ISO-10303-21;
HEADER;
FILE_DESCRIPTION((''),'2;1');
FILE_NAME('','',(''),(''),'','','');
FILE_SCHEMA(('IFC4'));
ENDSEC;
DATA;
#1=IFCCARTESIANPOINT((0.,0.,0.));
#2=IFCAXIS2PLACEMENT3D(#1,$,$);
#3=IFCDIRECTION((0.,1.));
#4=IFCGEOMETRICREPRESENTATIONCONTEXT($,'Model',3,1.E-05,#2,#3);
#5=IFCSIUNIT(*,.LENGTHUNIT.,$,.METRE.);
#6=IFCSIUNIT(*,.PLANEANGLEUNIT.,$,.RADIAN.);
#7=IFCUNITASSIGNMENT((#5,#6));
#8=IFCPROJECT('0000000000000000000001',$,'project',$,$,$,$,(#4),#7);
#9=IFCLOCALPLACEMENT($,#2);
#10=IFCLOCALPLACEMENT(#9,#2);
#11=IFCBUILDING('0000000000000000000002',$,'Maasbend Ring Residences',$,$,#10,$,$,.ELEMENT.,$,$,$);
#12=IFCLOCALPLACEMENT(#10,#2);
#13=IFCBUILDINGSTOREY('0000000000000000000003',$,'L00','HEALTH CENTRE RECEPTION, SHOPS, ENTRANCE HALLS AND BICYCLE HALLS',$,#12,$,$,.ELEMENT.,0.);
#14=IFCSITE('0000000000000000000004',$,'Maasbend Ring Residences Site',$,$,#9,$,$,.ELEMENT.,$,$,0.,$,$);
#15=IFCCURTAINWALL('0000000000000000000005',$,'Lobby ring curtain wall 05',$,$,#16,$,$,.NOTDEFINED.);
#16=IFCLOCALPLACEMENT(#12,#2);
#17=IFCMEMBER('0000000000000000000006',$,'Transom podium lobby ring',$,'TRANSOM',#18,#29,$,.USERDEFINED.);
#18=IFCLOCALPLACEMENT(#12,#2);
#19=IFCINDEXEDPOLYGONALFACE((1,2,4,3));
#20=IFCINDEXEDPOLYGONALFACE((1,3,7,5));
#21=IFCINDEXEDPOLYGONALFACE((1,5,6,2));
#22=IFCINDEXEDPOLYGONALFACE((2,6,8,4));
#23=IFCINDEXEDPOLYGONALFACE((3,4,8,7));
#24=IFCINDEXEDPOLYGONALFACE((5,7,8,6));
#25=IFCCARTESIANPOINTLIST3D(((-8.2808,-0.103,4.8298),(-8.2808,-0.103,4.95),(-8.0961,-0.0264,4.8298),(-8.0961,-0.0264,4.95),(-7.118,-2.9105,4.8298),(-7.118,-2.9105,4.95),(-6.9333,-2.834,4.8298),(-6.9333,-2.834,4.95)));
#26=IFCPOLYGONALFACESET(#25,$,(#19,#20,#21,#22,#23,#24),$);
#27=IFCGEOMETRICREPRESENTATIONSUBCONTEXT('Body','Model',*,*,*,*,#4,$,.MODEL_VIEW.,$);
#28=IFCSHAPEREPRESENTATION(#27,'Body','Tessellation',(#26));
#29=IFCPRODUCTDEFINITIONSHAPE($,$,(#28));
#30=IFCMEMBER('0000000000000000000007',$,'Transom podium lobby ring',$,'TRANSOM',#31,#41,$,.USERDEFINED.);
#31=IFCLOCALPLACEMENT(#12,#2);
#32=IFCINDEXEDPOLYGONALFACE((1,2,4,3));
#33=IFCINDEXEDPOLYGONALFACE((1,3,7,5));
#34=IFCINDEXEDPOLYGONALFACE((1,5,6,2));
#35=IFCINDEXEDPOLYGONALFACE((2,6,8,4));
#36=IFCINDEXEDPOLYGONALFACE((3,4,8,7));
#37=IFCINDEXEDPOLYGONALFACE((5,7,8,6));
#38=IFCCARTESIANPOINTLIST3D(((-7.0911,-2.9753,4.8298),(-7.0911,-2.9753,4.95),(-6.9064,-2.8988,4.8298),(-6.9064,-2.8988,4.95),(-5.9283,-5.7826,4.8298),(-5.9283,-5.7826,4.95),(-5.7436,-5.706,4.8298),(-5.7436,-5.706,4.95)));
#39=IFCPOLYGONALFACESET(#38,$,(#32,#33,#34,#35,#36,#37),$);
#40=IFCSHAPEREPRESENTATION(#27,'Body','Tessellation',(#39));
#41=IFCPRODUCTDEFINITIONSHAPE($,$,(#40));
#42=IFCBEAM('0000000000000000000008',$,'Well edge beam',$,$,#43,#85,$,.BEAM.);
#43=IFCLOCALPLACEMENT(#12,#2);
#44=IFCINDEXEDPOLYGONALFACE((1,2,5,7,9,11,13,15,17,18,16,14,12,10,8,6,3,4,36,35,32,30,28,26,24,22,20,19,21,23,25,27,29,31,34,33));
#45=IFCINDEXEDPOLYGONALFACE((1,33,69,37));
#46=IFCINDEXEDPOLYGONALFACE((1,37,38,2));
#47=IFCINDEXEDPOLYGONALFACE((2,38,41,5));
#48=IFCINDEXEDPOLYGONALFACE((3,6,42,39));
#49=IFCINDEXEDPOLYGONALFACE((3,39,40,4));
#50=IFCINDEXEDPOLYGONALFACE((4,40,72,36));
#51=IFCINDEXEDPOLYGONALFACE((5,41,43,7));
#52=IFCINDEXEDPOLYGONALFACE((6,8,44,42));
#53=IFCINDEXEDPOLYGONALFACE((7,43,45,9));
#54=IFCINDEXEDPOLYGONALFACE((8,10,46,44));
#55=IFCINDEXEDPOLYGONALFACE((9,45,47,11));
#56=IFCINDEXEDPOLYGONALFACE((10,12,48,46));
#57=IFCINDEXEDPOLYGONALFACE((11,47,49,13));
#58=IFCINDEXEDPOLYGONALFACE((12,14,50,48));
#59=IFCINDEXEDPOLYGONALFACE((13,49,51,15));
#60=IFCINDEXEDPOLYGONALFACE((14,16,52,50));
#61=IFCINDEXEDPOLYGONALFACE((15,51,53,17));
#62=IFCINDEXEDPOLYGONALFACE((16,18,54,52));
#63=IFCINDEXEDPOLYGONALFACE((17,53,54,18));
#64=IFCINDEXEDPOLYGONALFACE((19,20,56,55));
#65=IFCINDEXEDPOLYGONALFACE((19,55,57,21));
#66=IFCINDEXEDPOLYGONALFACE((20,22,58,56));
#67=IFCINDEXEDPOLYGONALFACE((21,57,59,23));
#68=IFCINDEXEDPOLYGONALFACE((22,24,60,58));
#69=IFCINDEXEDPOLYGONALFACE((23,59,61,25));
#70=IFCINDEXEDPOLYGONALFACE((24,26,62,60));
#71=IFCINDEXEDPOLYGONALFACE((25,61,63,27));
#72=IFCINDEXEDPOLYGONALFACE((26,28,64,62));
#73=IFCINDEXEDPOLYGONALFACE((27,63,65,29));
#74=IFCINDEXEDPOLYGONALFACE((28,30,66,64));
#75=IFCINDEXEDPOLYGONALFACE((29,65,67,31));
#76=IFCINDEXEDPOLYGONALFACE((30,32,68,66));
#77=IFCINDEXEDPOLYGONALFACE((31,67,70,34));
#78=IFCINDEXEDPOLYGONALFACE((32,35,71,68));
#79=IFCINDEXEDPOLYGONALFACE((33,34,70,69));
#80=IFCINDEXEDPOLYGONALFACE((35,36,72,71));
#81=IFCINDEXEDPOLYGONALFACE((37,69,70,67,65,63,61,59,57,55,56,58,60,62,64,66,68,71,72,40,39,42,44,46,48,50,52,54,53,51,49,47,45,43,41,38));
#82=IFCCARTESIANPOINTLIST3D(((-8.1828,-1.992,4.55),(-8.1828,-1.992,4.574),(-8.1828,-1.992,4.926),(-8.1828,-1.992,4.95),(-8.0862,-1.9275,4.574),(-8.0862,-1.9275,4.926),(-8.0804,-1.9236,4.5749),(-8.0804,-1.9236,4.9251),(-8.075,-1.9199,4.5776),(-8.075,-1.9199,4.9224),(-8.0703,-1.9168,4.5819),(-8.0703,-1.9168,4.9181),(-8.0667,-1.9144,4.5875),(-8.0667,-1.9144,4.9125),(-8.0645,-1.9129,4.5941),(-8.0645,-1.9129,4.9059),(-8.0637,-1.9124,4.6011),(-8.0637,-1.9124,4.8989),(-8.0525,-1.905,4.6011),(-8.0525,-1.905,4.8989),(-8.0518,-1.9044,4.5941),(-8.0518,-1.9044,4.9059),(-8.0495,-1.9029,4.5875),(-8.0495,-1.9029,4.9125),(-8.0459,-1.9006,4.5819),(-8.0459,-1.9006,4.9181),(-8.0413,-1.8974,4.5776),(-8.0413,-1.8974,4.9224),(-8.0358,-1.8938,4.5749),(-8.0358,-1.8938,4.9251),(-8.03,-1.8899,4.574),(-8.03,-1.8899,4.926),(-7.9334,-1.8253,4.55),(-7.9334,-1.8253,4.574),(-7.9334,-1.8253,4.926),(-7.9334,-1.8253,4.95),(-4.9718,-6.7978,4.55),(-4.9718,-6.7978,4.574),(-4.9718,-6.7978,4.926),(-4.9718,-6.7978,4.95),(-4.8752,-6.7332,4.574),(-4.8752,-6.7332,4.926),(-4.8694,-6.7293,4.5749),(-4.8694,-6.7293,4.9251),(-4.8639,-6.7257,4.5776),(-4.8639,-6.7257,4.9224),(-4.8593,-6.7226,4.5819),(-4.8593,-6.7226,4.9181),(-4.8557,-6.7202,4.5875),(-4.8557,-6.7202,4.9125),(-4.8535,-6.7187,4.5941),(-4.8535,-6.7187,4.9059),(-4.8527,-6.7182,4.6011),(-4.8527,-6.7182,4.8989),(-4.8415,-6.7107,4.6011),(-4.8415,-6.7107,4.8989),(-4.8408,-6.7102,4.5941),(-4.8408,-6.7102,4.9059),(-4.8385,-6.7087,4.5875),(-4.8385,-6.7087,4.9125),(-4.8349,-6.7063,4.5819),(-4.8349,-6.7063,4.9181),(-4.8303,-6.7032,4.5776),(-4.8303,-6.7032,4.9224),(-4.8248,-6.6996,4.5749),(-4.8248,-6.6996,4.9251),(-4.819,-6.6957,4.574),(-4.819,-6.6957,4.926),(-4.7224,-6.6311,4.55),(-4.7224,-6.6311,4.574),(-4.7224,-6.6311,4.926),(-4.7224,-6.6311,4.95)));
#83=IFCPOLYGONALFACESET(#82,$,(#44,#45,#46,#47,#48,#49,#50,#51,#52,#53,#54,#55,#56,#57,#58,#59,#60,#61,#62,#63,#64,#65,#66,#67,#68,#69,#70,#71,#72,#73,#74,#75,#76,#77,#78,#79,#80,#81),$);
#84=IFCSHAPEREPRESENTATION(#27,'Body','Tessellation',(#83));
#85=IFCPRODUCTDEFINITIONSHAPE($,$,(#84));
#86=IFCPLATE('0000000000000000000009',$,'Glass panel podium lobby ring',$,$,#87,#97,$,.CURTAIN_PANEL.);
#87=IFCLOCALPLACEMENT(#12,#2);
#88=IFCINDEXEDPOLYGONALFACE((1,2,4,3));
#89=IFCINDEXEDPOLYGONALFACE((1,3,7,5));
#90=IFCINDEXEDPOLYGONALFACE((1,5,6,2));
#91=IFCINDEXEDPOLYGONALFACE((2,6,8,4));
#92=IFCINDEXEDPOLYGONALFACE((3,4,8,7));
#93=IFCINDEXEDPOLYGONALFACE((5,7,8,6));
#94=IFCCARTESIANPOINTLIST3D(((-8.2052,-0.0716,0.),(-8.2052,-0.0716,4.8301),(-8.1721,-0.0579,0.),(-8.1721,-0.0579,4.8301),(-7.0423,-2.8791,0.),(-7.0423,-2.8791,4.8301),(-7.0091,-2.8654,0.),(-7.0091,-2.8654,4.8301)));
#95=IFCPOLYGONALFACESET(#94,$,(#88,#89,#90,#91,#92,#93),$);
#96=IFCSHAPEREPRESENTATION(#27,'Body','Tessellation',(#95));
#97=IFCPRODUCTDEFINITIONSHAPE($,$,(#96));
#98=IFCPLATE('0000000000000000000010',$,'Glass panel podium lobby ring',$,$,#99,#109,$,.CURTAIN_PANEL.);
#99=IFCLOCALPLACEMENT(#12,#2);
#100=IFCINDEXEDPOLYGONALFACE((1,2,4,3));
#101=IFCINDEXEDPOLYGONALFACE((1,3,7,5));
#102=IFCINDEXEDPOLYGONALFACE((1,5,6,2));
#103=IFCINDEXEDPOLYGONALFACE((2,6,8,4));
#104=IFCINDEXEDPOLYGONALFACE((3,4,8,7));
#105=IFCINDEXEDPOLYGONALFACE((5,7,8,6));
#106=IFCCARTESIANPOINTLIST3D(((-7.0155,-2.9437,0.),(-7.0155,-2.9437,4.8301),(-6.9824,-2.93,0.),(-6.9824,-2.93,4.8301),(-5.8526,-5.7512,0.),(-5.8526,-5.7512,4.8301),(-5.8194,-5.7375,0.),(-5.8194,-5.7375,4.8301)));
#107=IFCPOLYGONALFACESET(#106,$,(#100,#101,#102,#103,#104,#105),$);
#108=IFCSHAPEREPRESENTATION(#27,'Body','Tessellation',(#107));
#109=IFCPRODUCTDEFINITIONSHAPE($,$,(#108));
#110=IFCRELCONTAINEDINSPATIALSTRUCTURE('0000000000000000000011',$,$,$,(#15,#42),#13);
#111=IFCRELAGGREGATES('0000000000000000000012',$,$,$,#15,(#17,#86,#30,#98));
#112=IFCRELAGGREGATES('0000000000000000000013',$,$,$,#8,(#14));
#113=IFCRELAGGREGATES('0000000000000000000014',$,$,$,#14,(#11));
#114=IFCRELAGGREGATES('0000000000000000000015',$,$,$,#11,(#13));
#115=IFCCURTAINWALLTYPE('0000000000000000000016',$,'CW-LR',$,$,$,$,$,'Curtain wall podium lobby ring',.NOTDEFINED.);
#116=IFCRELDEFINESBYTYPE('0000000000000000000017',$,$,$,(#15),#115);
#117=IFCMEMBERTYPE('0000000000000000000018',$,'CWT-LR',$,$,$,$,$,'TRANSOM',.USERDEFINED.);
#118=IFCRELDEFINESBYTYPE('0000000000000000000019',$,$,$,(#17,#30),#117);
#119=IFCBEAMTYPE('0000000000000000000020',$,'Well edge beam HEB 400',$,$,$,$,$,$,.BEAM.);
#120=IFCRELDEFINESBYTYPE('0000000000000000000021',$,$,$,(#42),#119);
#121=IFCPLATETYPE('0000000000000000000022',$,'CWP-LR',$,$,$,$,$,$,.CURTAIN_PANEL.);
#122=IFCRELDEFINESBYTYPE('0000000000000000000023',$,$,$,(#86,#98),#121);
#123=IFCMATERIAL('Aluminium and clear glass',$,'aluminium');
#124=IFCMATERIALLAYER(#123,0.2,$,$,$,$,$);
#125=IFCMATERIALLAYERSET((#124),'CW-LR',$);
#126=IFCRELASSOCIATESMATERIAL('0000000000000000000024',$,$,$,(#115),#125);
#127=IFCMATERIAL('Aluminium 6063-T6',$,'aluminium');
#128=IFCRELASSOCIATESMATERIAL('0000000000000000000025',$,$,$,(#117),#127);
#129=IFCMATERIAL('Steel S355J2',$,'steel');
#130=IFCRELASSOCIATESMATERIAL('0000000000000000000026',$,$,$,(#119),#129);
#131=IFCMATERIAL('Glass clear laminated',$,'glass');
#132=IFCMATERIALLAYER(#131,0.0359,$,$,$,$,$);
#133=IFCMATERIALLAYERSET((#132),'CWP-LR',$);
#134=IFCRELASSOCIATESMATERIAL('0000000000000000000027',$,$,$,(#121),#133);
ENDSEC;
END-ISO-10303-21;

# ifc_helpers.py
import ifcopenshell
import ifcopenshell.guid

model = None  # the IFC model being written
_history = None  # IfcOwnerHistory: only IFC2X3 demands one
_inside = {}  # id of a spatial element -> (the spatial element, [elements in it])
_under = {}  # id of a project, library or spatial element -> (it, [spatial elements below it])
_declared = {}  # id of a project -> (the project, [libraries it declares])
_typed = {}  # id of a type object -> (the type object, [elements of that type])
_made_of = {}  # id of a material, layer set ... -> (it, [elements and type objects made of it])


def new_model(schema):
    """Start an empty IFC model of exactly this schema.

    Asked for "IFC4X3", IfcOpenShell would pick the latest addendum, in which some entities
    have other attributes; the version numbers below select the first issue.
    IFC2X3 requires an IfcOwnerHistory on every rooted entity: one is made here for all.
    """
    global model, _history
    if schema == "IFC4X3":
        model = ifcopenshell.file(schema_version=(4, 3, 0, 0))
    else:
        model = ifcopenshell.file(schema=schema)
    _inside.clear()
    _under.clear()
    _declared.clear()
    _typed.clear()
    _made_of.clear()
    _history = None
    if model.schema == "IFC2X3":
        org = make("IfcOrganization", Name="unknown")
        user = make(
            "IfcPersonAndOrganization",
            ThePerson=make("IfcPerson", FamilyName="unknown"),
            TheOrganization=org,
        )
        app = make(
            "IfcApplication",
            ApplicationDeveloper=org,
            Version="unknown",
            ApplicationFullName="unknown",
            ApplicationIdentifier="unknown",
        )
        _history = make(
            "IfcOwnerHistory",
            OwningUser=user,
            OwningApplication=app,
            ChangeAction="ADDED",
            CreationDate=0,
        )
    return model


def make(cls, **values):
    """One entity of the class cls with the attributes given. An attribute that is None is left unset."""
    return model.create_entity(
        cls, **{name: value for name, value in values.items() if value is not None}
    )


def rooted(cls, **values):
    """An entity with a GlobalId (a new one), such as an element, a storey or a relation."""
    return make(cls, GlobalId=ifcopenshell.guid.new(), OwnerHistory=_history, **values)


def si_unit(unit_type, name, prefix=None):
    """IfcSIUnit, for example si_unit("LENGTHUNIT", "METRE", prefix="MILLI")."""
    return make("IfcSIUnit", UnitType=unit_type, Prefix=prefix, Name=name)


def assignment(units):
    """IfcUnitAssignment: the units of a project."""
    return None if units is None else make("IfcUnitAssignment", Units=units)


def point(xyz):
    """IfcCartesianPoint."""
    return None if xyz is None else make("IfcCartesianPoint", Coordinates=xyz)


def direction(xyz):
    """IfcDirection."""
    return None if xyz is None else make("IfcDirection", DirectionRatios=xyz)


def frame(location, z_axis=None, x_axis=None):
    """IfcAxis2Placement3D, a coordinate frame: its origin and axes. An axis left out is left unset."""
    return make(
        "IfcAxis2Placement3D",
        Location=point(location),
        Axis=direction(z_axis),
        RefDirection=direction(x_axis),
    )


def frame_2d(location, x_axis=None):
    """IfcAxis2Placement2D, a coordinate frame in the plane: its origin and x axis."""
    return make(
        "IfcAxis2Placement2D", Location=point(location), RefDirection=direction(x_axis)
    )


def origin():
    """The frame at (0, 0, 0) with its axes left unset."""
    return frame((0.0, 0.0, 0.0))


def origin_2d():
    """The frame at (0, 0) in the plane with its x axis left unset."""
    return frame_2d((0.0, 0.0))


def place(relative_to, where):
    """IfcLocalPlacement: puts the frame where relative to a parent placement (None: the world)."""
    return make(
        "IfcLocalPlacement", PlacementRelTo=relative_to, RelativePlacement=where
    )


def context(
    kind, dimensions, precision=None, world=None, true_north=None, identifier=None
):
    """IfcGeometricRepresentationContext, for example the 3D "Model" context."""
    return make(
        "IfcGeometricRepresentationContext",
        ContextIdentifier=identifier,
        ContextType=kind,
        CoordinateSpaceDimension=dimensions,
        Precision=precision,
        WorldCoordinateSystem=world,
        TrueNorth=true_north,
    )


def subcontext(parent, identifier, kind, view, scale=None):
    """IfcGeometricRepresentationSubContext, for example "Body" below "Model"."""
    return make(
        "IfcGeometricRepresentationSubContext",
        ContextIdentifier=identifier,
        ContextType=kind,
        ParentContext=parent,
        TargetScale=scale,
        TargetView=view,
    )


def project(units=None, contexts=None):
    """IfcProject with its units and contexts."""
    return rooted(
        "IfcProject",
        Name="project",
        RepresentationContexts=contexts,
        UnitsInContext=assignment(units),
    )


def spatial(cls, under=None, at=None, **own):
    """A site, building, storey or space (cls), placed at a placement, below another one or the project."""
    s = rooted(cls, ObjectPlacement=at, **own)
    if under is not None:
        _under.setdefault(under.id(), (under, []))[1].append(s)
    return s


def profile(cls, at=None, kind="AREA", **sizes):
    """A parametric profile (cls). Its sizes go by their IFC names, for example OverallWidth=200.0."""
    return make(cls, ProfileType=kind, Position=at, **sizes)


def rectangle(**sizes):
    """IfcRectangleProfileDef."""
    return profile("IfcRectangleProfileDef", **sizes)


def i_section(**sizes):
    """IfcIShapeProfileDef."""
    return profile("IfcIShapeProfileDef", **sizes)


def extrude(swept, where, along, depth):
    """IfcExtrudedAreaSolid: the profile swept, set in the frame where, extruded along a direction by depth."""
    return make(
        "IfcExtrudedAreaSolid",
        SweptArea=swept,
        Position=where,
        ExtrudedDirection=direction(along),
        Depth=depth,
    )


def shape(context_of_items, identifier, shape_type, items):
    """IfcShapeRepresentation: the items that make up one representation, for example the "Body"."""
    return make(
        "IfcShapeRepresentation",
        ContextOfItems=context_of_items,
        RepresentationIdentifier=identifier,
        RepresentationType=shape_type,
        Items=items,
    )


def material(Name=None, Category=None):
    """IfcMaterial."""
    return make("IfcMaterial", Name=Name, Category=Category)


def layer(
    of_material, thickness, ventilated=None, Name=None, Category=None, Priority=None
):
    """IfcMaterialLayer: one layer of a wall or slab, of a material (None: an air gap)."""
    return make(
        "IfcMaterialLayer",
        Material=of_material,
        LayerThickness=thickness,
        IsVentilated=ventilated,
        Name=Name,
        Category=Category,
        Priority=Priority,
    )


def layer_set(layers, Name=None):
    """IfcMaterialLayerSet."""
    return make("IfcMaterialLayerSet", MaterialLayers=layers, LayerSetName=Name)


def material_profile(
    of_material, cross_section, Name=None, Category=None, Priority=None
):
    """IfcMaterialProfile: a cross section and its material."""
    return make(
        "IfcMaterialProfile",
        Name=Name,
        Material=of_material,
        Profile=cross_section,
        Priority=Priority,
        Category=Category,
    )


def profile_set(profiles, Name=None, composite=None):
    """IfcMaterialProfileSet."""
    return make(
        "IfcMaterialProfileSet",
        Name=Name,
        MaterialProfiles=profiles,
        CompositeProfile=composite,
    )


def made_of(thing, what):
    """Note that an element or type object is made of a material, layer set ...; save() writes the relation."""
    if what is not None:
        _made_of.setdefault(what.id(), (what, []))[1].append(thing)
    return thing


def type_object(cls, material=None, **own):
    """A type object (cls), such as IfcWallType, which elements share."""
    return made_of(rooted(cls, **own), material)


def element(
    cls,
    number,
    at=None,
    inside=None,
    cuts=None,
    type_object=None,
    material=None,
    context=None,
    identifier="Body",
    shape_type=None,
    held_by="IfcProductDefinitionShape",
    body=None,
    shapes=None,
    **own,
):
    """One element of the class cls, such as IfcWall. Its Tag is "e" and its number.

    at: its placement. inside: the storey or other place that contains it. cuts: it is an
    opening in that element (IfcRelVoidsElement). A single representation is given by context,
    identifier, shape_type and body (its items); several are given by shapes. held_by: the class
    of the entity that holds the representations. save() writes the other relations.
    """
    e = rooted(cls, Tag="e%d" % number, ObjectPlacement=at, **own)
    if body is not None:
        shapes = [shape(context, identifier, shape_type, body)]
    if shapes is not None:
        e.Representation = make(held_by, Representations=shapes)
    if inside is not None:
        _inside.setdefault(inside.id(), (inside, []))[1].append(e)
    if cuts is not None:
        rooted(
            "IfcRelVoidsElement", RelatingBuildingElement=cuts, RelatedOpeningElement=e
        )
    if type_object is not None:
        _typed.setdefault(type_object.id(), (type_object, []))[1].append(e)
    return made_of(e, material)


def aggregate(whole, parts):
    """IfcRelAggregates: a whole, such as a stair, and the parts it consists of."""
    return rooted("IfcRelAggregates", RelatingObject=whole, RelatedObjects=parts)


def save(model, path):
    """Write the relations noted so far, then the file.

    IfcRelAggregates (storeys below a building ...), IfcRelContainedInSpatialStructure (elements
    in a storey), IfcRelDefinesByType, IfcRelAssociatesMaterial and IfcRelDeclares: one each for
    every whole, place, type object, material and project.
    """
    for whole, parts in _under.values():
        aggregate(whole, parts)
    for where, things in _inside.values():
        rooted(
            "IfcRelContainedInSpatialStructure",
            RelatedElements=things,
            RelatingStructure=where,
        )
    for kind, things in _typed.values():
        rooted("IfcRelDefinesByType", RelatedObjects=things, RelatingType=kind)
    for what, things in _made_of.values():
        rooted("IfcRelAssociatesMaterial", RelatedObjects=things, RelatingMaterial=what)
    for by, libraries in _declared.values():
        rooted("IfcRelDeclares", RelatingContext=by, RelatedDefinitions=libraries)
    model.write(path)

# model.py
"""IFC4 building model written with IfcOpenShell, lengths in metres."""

from ifc_helpers import new_model, si_unit, direction, frame, origin, origin_2d, place, context, subcontext, project, spatial, rectangle, i_section, extrude, material, layer, layer_set, material_profile, profile_set, type_object, element, aggregate, save


model = new_model("IFC4")

# Units and contexts
model_context = context("Model", 3, precision=1e-05, world=origin(), true_north=direction((0.0, 1.0)))
body_context = subcontext(model_context, "Body", "Model", "MODEL_VIEW")
ifc_project = project(units=[si_unit("LENGTHUNIT", "METRE"), si_unit("PLANEANGLEUNIT", "RADIAN")], contexts=[model_context])

# Site, building, storey
site_placement = place(None, origin())
site = spatial("IfcSite", under=ifc_project, at=site_placement, Name="Maasbend Ring Residences Site", CompositionType="ELEMENT", RefElevation=0.0)
building_placement = place(site_placement, origin())
building = spatial("IfcBuilding", under=site, at=building_placement, Name="Maasbend Ring Residences", CompositionType="ELEMENT")
storey_placement = place(building_placement, origin())
storey = spatial("IfcBuildingStorey", under=building, at=storey_placement, Name="L00", Description="HEALTH CENTRE RECEPTION, SHOPS, ENTRANCE HALLS AND BICYCLE HALLS", CompositionType="ELEMENT", Elevation=0.0)

# Curtain wall, members
ifc_material_1 = material(Name="Aluminium and clear glass", Category="aluminium")
ifc_layer_1 = layer(ifc_material_1, 0.2)
ifc_layer_set_1 = layer_set([ifc_layer_1], Name="CW-LR")
curtain_wall_type = type_object("IfcCurtainWallType", Name="CW-LR", ElementType="Curtain wall podium lobby ring", PredefinedType="NOTDEFINED", material=ifc_layer_set_1)
curtain_wall_placement = place(storey_placement, origin())
curtain_wall = element("IfcCurtainWall", 1, at=curtain_wall_placement, inside=storey, type_object=curtain_wall_type, Name="Lobby ring curtain wall 05", PredefinedType="NOTDEFINED")
ifc_material_2 = material(Name="Aluminium 6063-T6", Category="aluminium")
ifc_material_profile_1 = material_profile(ifc_material_2, rectangle(XDim=0.2, YDim=0.1201, at=origin_2d()), Name="AL 200x120")
ifc_profile_set_1 = profile_set([ifc_material_profile_1], Name="Aluminium 6063-T6")
member_type_1 = type_object("IfcMemberType", Name="CWT-LR", ElementType="TRANSOM", PredefinedType="USERDEFINED", material=ifc_profile_set_1)
member_1_placement = place(storey_placement, frame((-8.1885, -0.0647, 4.8899), z_axis=(0.382652, -0.923892, 0.0), x_axis=(0.923892, 0.382652, 0.0)))
member_1 = element("IfcMember", 2, at=member_1_placement, type_object=member_type_1, Name="Transom podium lobby ring", ObjectType="TRANSOM", PredefinedType="USERDEFINED", context=body_context, shape_type="SweptSolid", body=[
    extrude(rectangle(XDim=0.2, YDim=0.1201, at=origin_2d()), origin(), (0.0, 0.0, 1.0), 3.0388),
])
member_2_placement = place(storey_placement, frame((-6.9988, -2.937, 4.8899), z_axis=(0.382681, -0.923881, 0.0), x_axis=(0.923881, 0.382681, 0.0)))
member_2 = element("IfcMember", 3, at=member_2_placement, type_object=member_type_1, Name="Transom podium lobby ring", ObjectType="TRANSOM", PredefinedType="USERDEFINED", context=body_context, shape_type="SweptSolid", body=[
    extrude(rectangle(XDim=0.2, YDim=0.1201, at=origin_2d()), origin(), (0.0, 0.0, 1.0), 3.0386),
])

# Beam
ifc_material_3 = material(Name="Steel S355J2", Category="steel")
ifc_material_profile_2 = material_profile(ifc_material_3, i_section(OverallWidth=0.3, OverallDepth=0.3999, WebThickness=0.0134, FlangeThickness=0.0239, FilletRadius=0.0271, at=origin_2d()), Name="HEB 400")
ifc_profile_set_2 = profile_set([ifc_material_profile_2], Name="Steel S355J2")
beam_type = type_object("IfcBeamType", Name="Well edge beam HEB 400", PredefinedType="BEAM", material=ifc_profile_set_2)
beam_placement = place(storey_placement, frame((-8.0581, -1.9087, 4.75), z_axis=(0.555558, -0.831478, 0.0), x_axis=(0.831478, 0.555558, 0.0)))
element("IfcBeam", 4, at=beam_placement, inside=storey, type_object=beam_type, Name="Well edge beam", PredefinedType="BEAM", context=body_context, shape_type="SweptSolid", body=[
    extrude(i_section(OverallWidth=0.3, OverallDepth=0.3999, WebThickness=0.0134, FlangeThickness=0.0239, FilletRadius=0.0271, at=origin_2d()), origin(), (0.0, 0.0, 1.0), 5.7798),
])

# Plates
ifc_material_4 = material(Name="Glass clear laminated", Category="glass")
ifc_layer_2 = layer(ifc_material_4, 0.0359)
ifc_layer_set_2 = layer_set([ifc_layer_2], Name="CWP-LR")
plate_type = type_object("IfcPlateType", Name="CWP-LR", PredefinedType="CURTAIN_PANEL", material=ifc_layer_set_2)
plate_1_placement = place(storey_placement, frame((-7.6072, -1.4685, 0.0), z_axis=(0.0, 0.0, 1.0), x_axis=(0.382683, -0.92388, 0.0)))
plate_1 = element("IfcPlate", 5, at=plate_1_placement, type_object=plate_type, Name="Glass panel podium lobby ring", PredefinedType="CURTAIN_PANEL", context=body_context, shape_type="SweptSolid", body=[
    extrude(rectangle(XDim=3.0388, YDim=0.0359, at=origin_2d()), origin(), (0.0, 0.0, 1.0), 4.8301),
])
plate_2_placement = place(storey_placement, frame((-6.4175, -4.3406, 0.0), z_axis=(0.0, 0.0, 1.0), x_axis=(0.382683, -0.92388, 0.0)))
plate_2 = element("IfcPlate", 6, at=plate_2_placement, type_object=plate_type, Name="Glass panel podium lobby ring", PredefinedType="CURTAIN_PANEL", context=body_context, shape_type="SweptSolid", body=[
    extrude(rectangle(XDim=3.0388, YDim=0.0359, at=origin_2d()), origin(), (0.0, 0.0, 1.0), 4.8301),
])
aggregate(curtain_wall, [member_1, plate_1, member_2, plate_2])

save(model, "model.ifc")
